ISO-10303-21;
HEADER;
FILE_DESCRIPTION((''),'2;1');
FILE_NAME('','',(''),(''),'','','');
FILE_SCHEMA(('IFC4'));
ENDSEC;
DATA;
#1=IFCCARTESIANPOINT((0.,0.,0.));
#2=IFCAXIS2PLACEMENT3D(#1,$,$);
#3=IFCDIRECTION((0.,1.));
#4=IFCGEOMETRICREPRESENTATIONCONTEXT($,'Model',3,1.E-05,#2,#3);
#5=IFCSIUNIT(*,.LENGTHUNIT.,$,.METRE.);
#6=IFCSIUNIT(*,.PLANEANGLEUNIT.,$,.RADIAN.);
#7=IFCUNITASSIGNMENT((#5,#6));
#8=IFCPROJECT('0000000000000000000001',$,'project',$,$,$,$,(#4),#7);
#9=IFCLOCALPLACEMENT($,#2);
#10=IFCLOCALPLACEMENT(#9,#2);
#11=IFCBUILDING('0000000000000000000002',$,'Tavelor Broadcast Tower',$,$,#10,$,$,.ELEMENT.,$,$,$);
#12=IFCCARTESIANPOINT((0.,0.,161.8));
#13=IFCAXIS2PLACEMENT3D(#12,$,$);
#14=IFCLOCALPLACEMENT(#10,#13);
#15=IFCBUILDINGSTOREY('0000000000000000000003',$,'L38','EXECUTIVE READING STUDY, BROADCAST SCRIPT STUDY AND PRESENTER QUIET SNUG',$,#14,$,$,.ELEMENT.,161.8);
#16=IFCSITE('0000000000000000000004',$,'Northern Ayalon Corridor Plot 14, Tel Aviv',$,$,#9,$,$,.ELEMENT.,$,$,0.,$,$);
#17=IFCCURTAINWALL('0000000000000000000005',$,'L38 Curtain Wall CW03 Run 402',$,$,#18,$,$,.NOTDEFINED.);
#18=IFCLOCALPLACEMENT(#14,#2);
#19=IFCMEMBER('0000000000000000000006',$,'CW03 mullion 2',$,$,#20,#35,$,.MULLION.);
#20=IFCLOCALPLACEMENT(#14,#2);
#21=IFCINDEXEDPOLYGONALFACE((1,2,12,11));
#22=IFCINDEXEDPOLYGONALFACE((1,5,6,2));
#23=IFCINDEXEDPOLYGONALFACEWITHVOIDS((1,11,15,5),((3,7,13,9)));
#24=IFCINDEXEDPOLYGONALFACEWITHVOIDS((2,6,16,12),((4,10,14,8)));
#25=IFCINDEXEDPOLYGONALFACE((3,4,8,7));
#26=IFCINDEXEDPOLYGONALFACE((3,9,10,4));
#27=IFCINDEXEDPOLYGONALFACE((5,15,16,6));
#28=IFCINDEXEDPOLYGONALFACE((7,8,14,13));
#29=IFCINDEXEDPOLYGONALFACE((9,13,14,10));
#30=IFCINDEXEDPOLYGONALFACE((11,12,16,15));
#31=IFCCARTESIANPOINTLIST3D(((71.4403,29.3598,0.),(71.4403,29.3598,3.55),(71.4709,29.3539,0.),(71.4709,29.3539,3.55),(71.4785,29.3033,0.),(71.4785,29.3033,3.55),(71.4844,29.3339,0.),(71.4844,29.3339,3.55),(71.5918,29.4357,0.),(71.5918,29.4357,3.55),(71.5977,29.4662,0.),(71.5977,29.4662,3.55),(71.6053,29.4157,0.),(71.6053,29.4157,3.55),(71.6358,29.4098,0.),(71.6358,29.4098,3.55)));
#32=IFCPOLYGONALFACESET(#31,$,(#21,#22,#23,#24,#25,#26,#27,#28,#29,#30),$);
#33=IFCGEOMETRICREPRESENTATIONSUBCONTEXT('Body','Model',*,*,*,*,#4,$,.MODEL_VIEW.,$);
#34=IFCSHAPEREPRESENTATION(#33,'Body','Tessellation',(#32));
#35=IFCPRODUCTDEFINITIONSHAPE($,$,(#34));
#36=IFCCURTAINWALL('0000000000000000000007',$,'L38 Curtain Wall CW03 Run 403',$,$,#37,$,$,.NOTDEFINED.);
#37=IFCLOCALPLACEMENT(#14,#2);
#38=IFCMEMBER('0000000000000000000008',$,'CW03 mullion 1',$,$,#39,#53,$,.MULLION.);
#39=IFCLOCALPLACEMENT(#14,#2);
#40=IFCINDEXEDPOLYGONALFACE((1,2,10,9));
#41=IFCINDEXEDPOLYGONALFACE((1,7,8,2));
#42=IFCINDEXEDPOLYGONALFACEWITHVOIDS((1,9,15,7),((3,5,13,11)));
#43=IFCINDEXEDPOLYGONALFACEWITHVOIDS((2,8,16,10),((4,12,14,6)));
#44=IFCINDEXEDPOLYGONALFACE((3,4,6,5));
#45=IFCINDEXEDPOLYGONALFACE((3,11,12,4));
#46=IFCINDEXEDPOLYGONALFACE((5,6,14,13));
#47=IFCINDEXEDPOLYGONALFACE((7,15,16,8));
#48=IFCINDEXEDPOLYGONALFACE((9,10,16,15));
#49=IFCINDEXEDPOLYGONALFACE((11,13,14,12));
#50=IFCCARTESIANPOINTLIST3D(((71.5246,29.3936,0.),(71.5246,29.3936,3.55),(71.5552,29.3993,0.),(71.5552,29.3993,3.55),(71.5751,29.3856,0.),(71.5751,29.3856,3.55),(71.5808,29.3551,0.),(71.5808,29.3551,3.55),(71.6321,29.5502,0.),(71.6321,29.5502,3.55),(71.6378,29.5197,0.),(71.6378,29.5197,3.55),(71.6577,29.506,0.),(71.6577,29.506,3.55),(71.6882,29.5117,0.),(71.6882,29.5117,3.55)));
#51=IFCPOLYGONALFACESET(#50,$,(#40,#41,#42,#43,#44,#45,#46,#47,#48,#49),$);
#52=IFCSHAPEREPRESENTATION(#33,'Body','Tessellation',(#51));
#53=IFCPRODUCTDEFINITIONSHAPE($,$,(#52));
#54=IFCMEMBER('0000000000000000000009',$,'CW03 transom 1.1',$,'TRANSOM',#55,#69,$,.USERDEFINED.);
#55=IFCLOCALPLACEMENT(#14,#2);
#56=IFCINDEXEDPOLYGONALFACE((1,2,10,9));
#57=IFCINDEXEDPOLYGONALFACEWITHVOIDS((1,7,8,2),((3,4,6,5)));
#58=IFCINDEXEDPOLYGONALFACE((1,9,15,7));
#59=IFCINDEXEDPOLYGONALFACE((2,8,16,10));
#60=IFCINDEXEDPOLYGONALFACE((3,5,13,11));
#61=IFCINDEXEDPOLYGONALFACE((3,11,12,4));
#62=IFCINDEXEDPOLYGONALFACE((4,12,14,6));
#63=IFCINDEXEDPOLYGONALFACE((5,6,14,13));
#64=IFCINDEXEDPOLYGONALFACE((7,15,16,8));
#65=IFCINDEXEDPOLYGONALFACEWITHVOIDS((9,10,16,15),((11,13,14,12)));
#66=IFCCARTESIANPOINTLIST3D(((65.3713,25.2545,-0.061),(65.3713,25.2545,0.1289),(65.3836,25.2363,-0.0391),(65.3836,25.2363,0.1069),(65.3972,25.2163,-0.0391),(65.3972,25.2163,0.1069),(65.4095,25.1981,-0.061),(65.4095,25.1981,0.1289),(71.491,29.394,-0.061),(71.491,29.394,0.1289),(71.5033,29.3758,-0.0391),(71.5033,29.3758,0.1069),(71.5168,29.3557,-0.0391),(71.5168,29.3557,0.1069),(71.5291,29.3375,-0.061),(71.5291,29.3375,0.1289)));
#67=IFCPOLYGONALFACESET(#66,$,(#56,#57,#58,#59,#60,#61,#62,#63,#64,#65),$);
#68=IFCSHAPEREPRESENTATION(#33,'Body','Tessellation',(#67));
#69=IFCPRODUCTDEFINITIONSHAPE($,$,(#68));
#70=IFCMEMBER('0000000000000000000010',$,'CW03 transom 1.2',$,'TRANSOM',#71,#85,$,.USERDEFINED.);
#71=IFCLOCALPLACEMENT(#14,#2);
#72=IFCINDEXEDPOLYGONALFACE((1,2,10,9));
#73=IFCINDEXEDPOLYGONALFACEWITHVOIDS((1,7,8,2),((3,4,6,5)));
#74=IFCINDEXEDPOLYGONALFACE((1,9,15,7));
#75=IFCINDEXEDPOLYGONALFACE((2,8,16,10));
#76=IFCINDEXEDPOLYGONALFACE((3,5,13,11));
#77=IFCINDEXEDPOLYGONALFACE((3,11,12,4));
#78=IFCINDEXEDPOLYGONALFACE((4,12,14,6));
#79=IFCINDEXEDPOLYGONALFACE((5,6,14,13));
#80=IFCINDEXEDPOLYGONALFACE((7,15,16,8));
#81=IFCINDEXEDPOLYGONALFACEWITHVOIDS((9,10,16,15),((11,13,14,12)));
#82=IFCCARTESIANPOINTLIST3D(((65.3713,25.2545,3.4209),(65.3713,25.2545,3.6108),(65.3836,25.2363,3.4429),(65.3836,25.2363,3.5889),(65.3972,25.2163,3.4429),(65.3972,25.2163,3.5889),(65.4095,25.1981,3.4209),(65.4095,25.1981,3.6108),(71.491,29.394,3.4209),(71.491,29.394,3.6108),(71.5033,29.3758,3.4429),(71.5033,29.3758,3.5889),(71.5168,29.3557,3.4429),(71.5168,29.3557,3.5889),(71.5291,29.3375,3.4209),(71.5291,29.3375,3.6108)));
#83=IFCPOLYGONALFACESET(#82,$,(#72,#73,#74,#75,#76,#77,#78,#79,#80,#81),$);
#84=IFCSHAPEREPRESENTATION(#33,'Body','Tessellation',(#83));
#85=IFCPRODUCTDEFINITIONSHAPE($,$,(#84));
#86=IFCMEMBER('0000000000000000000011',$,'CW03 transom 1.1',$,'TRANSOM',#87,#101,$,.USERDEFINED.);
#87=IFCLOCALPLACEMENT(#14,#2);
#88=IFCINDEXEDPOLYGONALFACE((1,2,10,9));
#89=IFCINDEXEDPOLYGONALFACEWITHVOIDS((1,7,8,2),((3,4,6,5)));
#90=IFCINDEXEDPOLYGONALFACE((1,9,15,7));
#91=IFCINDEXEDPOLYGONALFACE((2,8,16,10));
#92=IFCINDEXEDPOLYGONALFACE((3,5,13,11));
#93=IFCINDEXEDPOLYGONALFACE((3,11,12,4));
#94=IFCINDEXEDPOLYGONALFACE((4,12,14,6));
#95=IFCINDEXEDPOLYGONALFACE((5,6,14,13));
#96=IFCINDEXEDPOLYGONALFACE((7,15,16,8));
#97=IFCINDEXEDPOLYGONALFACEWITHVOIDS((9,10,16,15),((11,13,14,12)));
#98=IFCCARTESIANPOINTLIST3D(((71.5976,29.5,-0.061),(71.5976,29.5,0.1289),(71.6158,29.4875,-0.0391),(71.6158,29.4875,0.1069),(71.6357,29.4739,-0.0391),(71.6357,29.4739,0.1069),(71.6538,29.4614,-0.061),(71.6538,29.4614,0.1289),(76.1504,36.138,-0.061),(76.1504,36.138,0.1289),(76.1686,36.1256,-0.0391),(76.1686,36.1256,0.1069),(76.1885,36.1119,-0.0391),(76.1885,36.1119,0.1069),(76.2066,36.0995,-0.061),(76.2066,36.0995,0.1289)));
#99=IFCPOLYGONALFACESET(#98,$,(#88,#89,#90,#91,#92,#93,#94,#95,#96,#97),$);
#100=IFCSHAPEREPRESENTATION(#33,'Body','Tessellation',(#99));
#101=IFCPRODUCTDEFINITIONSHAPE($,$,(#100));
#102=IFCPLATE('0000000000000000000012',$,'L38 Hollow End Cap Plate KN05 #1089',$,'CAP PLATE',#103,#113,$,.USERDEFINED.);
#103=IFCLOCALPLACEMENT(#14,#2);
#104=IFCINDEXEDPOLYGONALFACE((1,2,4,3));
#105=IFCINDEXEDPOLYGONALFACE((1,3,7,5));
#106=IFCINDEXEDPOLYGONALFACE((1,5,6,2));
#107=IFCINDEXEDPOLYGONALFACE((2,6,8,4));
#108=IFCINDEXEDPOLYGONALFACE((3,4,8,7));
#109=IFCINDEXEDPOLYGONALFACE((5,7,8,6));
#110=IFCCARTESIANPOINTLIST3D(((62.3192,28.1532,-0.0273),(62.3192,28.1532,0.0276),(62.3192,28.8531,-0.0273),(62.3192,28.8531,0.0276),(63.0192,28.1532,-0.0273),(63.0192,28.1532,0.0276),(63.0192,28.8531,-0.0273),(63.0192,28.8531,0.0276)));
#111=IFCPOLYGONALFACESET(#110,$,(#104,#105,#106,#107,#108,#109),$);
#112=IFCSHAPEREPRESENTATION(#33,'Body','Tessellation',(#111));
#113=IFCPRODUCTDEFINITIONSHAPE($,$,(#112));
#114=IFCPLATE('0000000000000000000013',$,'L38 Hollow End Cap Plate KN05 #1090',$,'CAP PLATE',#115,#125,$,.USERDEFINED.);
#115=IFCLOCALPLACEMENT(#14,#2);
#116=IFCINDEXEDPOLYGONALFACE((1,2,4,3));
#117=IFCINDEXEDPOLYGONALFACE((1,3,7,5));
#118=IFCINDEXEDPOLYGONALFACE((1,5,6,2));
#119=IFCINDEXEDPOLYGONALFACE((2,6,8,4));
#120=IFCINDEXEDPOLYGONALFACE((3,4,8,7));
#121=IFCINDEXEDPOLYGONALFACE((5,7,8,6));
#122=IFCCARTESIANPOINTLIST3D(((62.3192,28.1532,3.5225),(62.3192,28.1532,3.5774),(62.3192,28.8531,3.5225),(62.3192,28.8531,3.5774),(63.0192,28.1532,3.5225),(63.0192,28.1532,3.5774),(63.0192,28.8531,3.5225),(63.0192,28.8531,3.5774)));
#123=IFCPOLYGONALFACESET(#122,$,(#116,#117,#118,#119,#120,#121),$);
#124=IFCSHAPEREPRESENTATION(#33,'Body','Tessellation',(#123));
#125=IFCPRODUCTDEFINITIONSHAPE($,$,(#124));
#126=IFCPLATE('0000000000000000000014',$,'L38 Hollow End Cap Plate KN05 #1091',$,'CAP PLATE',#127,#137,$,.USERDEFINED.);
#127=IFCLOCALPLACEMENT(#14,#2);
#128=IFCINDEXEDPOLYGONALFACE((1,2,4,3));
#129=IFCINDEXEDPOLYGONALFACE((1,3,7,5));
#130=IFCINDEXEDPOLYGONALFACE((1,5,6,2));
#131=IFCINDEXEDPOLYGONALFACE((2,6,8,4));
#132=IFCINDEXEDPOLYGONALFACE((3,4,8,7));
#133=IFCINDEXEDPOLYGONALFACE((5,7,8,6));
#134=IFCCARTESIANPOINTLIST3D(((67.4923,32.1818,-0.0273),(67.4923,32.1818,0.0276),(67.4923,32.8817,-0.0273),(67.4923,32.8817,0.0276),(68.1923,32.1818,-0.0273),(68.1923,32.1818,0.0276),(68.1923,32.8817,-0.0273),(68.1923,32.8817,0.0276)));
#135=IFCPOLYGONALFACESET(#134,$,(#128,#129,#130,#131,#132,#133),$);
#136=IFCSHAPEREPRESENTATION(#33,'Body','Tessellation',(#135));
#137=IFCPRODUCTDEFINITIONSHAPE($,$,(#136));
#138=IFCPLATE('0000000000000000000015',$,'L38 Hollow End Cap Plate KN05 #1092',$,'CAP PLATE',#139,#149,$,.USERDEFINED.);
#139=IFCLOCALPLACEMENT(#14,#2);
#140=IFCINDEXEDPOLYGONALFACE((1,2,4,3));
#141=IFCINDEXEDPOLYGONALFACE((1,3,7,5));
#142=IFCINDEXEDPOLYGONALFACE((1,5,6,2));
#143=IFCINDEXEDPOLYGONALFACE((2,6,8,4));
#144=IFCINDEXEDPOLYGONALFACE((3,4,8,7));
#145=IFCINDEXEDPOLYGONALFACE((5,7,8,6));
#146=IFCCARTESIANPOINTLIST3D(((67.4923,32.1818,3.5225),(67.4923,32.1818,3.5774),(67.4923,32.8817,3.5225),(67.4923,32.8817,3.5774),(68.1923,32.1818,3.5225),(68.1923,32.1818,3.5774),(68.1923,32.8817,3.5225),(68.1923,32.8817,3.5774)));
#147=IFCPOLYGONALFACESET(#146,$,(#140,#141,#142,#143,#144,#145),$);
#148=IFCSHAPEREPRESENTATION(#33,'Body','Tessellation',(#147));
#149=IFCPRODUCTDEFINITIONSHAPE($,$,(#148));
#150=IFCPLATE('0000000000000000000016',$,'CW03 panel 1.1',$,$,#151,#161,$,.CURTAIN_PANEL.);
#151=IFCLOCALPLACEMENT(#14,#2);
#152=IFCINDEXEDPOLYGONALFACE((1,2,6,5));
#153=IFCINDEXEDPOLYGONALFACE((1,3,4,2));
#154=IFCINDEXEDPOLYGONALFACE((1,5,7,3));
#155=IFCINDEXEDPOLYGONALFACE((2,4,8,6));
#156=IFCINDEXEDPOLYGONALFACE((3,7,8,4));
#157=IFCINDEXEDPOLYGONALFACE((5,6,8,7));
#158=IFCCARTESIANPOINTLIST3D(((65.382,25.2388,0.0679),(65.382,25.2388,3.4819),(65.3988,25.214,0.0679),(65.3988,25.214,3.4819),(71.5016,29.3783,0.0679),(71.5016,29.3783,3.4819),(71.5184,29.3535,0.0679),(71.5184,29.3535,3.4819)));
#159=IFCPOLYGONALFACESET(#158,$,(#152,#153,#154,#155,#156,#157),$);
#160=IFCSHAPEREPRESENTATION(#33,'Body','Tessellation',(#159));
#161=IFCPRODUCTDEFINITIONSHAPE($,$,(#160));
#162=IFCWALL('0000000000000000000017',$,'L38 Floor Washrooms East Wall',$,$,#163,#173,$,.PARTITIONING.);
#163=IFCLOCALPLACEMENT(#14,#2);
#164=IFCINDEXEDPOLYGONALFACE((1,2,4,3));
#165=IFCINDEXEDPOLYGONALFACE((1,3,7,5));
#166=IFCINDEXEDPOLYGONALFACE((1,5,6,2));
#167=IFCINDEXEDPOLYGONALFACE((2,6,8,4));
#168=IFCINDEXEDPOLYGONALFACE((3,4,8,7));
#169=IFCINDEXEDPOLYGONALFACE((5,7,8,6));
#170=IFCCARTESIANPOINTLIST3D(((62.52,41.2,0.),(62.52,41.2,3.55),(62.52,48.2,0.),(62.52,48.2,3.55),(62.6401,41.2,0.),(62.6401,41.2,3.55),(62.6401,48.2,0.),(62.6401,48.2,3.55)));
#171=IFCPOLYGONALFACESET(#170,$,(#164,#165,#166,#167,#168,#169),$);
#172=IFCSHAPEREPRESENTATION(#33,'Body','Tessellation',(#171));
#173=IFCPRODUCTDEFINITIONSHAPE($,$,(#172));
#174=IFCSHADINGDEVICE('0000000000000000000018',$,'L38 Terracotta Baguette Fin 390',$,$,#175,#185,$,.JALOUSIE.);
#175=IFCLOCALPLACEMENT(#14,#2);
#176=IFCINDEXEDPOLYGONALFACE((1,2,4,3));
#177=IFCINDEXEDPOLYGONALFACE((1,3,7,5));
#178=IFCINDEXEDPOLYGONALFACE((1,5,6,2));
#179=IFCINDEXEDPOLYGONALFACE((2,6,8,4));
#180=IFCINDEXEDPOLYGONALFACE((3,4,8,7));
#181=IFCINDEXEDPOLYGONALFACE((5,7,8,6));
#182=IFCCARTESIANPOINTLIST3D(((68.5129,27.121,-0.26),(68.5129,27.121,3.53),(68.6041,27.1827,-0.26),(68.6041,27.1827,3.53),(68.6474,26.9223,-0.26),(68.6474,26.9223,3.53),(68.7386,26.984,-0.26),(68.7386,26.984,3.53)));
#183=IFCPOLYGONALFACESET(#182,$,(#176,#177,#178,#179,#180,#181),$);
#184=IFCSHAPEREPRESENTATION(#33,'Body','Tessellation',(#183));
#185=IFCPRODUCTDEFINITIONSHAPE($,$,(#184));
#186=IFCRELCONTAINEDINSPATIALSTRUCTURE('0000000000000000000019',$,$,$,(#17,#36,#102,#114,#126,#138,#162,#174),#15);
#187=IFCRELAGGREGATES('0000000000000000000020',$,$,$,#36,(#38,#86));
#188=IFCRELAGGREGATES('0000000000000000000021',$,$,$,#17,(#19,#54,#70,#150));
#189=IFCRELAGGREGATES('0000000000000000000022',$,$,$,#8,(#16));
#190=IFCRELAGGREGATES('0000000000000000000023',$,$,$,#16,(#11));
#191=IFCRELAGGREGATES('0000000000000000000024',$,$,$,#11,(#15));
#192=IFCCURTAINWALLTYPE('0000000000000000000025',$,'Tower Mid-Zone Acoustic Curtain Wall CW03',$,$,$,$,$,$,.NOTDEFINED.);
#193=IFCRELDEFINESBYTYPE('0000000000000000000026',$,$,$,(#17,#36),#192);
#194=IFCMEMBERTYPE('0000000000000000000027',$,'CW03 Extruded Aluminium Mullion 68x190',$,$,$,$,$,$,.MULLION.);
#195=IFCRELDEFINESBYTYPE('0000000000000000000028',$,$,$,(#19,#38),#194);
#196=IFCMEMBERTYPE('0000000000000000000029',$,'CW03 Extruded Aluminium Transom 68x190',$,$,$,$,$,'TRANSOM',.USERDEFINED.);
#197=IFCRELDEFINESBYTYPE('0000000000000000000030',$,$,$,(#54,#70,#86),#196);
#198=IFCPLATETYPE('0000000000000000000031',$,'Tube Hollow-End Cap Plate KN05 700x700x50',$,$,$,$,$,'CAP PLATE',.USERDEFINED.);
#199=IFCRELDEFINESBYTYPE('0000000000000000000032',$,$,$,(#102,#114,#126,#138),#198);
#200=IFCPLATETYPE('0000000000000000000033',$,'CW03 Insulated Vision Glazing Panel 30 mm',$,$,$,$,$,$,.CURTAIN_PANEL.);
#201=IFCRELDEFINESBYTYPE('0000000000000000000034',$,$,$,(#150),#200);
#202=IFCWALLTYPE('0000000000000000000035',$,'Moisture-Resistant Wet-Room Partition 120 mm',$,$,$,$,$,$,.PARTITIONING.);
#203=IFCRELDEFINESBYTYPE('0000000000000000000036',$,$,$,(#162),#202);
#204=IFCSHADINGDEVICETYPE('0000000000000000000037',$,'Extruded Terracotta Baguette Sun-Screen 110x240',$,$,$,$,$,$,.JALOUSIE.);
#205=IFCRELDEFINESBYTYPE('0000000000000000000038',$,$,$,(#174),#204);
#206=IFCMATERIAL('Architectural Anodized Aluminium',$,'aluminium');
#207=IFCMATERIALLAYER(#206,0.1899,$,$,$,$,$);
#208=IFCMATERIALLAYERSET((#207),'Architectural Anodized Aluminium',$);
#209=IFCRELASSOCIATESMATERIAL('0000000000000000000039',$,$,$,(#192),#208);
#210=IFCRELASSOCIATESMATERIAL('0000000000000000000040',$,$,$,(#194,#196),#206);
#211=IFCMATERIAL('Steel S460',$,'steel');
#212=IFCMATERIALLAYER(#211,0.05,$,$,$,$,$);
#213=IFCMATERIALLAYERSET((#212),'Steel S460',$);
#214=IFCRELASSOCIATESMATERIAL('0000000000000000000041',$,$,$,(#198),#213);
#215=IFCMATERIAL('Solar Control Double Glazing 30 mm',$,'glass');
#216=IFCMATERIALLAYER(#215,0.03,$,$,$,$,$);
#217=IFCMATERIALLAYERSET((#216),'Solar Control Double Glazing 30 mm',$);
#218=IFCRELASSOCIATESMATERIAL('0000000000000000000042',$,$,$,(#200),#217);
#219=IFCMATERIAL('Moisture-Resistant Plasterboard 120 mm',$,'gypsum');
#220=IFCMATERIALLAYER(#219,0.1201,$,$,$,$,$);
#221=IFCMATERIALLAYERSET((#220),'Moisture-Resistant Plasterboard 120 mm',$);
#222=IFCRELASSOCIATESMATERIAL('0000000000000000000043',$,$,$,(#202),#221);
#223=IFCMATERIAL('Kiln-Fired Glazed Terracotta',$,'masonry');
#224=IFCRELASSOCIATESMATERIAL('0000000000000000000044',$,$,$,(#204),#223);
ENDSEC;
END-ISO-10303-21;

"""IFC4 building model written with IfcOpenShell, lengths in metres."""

from ifc_helpers import new_model, si_unit, direction, frame, frame_2d, origin, origin_2d, place, context, subcontext, project, spatial, rectangle, hollow_rectangle, extrude, source, transform, mapped, material, layer, layer_set, material_profile, profile_set, type_object, type_shapes, element, aggregate, save


model = new_model("IFC4")

# Units and contexts
model_context = context("Model", 3, precision=1e-05, world=origin(), true_north=direction((0.0, 1.0)))
body_context = subcontext(model_context, "Body", "Model", "MODEL_VIEW")
ifc_project = project(units=[si_unit("LENGTHUNIT", "METRE"), si_unit("PLANEANGLEUNIT", "RADIAN")], contexts=[model_context])

# Site, building, storey
site_placement = place(None, origin())
site = spatial("IfcSite", under=ifc_project, at=site_placement, Name="Northern Ayalon Corridor Plot 14, Tel Aviv", CompositionType="ELEMENT", RefElevation=0.0)
building_placement = place(site_placement, origin())
building = spatial("IfcBuilding", under=site, at=building_placement, Name="Tavelor Broadcast Tower", CompositionType="ELEMENT")
storey_placement = place(building_placement, frame((0.0, 0.0, 161.8)))
storey = spatial("IfcBuildingStorey", under=building, at=storey_placement, Name="L38", Description="EXECUTIVE READING STUDY, BROADCAST SCRIPT STUDY AND PRESENTER QUIET SNUG", CompositionType="ELEMENT", Elevation=161.8)

# Shared definitions
ifc_material_1 = material(Name="Steel S460", Category="steel")

# Shared definitions
ifc_material_2 = material(Name="Architectural Anodized Aluminium", Category="aluminium")
ifc_layer_1 = layer(ifc_material_2, 0.1899)
ifc_layer_set_1 = layer_set([ifc_layer_1], Name="Architectural Anodized Aluminium")
curtain_wall_type = type_object("IfcCurtainWallType", Name="Tower Mid-Zone Acoustic Curtain Wall CW03", PredefinedType="NOTDEFINED", material=ifc_layer_set_1)
ifc_material_profile_1 = material_profile(ifc_material_2, hollow_rectangle(XDim=0.0681, YDim=0.1899, WallThickness=0.022, at=origin_2d()), Name="RHS 68x190x22")
ifc_profile_set_1 = profile_set([ifc_material_profile_1], Name="Architectural Anodized Aluminium")
member_type_1 = type_object("IfcMemberType", Name="CW03 Extruded Aluminium Mullion 68x190", PredefinedType="MULLION", material=ifc_profile_set_1)
shared_shape_1 = source(origin(), body_context, "Body", "SweptSolid", [
    extrude(hollow_rectangle(XDim=0.0681, YDim=0.1899, WallThickness=0.022, at=origin_2d()), origin(), (0.0, 0.0, 1.0), 3.55),
])
type_shapes(member_type_1, [shared_shape_1])

# Curtain wall, member
curtain_wall_1_placement = place(storey_placement, origin())
curtain_wall_1 = element("IfcCurtainWall", 1, at=curtain_wall_1_placement, inside=storey, type_object=curtain_wall_type, Name="L38 Curtain Wall CW03 Run 402", PredefinedType="NOTDEFINED")
member_1_placement = place(storey_placement, frame((71.5381, 29.3848, 0.0), z_axis=(0.0, 0.0, 1.0), x_axis=(-0.560285, 0.8283, 0.0)))
member_1 = element("IfcMember", 2, at=member_1_placement, type_object=member_type_1, Name="CW03 mullion 2", PredefinedType="MULLION", context=body_context, shape_type="MappedRepresentation", body=[
    mapped(shared_shape_1, transform((0.0, 0.0, 0.0), scale=1.0)),
])

# Curtain wall, member
curtain_wall_2_placement = place(storey_placement, origin())
curtain_wall_2 = element("IfcCurtainWall", 3, at=curtain_wall_2_placement, inside=storey, type_object=curtain_wall_type, Name="L38 Curtain Wall CW03 Run 403", PredefinedType="NOTDEFINED")
member_2_placement = place(storey_placement, frame((71.6064, 29.4526, 0.0), z_axis=(0.0, 0.0, 1.0), x_axis=(-0.824668, 0.565616, 0.0)))
member_2 = element("IfcMember", 4, at=member_2_placement, type_object=member_type_1, Name="CW03 mullion 1", PredefinedType="MULLION", context=body_context, shape_type="MappedRepresentation", body=[
    mapped(shared_shape_1, transform((0.0, 0.0, 0.0), scale=1.0)),
])

# Members
ifc_material_profile_2 = material_profile(ifc_material_2, hollow_rectangle(XDim=0.0681, YDim=0.1899, WallThickness=0.022, at=origin_2d()), Name="RHS 68x190x22")
ifc_profile_set_2 = profile_set([ifc_material_profile_2], Name="Architectural Anodized Aluminium")
member_type_2 = type_object("IfcMemberType", Name="CW03 Extruded Aluminium Transom 68x190", ElementType="TRANSOM", PredefinedType="USERDEFINED", material=ifc_profile_set_2)
shared_shape_2 = source(origin(), body_context, "Body", "SweptSolid", [
    extrude(hollow_rectangle(XDim=0.0681, YDim=0.1899, WallThickness=0.022, at=origin_2d()), origin(), (0.0, 0.0, 1.0), 7.3882),
])
member_3_placement = place(storey_placement, frame((65.3904, 25.2263, 0.0339), z_axis=(0.828305, 0.560277, 0.0), x_axis=(-0.560277, 0.828305, 0.0)))
member_3 = element("IfcMember", 5, at=member_3_placement, type_object=member_type_2, Name="CW03 transom 1.1", ObjectType="TRANSOM", PredefinedType="USERDEFINED", context=body_context, shape_type="MappedRepresentation", body=[
    mapped(shared_shape_2, transform((0.0, 0.0, 0.0), scale=1.0)),
])
member_4_placement = place(storey_placement, frame((65.3904, 25.2263, 3.5159), z_axis=(0.828305, 0.560277, 0.0), x_axis=(-0.560277, 0.828305, 0.0)))
member_4 = element("IfcMember", 6, at=member_4_placement, type_object=member_type_2, Name="CW03 transom 1.2", ObjectType="TRANSOM", PredefinedType="USERDEFINED", context=body_context, shape_type="MappedRepresentation", body=[
    mapped(shared_shape_2, transform((0.0, 0.0, 0.0), scale=1.0)),
])
shared_shape_3 = source(origin(), body_context, "Body", "SweptSolid", [
    extrude(hollow_rectangle(XDim=0.0681, YDim=0.1899, WallThickness=0.022, at=origin_2d()), origin(), (0.0, 0.0, 1.0), 8.0493),
])
type_shapes(member_type_2, [shared_shape_2, shared_shape_3])
member_5_placement = place(storey_placement, frame((71.6257, 29.4807, 0.0339), z_axis=(0.565613, 0.824671, 0.0), x_axis=(-0.824671, 0.565613, 0.0)))
member_5 = element("IfcMember", 7, at=member_5_placement, type_object=member_type_2, Name="CW03 transom 1.1", ObjectType="TRANSOM", PredefinedType="USERDEFINED", context=body_context, shape_type="MappedRepresentation", body=[
    mapped(shared_shape_3, transform((0.0, 0.0, 0.0), scale=1.0)),
])
aggregate(curtain_wall_2, [member_2, member_5])

# Plates
ifc_layer_2 = layer(ifc_material_1, 0.05)
ifc_layer_set_2 = layer_set([ifc_layer_2], Name="Steel S460")
plate_type_1 = type_object("IfcPlateType", Name="Tube Hollow-End Cap Plate KN05 700x700x50", ElementType="CAP PLATE", PredefinedType="USERDEFINED", material=ifc_layer_set_2)
shared_shape_4 = source(origin(), body_context, "Body", "SweptSolid", [
    extrude(rectangle(XDim=0.7, YDim=0.7, at=origin_2d()), origin(), (0.0, 0.0, 1.0), 0.0549),
])
type_shapes(plate_type_1, [shared_shape_4])
for number, where, z_axis, x_axis, name in (
    (8, (62.6692, 28.5032, -0.0273), (0.0, 0.0, 1.0), (1.0, 0.0, 0.0), "L38 Hollow End Cap Plate KN05 #1089"),
    (9, (62.6692, 28.5032, 3.5225), (0.0, 0.0, 1.0), (1.0, 0.0, 0.0), "L38 Hollow End Cap Plate KN05 #1090"),
    (10, (67.8423, 32.5317, -0.0273), (0.0, 0.0, 1.0), (1.0, 0.0, 0.0), "L38 Hollow End Cap Plate KN05 #1091"),
    (11, (67.8423, 32.5317, 3.5225), (0.0, 0.0, 1.0), (1.0, 0.0, 0.0), "L38 Hollow End Cap Plate KN05 #1092"),
):
    element("IfcPlate", number, at=place(storey_placement, frame(where, z_axis=z_axis, x_axis=x_axis)), inside=storey, type_object=plate_type_1, Name=name, ObjectType="CAP PLATE", PredefinedType="USERDEFINED", context=body_context, shape_type="MappedRepresentation", body=[
        mapped(shared_shape_4, transform((0.0, 0.0, 0.0), scale=1.0)),
    ])

# Plate
ifc_material_3 = material(Name="Solar Control Double Glazing 30 mm", Category="glass")
ifc_layer_3 = layer(ifc_material_3, 0.03)
ifc_layer_set_3 = layer_set([ifc_layer_3], Name="Solar Control Double Glazing 30 mm")
plate_type_2 = type_object("IfcPlateType", Name="CW03 Insulated Vision Glazing Panel 30 mm", PredefinedType="CURTAIN_PANEL", material=ifc_layer_set_3)
shared_shape_5 = source(origin(), body_context, "Body", "SweptSolid", [
    extrude(rectangle(XDim=7.3882, YDim=0.03, at=origin_2d()), origin(), (0.0, 0.0, 1.0), 3.4141),
])
type_shapes(plate_type_2, [shared_shape_5])
plate_placement = place(storey_placement, frame((68.4502, 27.2961, 0.0679), z_axis=(0.0, 0.0, 1.0), x_axis=(0.8283, 0.560285, 0.0)))
plate = element("IfcPlate", 12, at=plate_placement, type_object=plate_type_2, Name="CW03 panel 1.1", PredefinedType="CURTAIN_PANEL", context=body_context, shape_type="MappedRepresentation", body=[
    mapped(shared_shape_5, transform((0.0, 0.0, 0.0), scale=1.0)),
])
aggregate(curtain_wall_1, [member_1, member_3, member_4, plate])

# Wall
ifc_material_4 = material(Name="Moisture-Resistant Plasterboard 120 mm", Category="gypsum")
ifc_layer_4 = layer(ifc_material_4, 0.1201)
ifc_layer_set_4 = layer_set([ifc_layer_4], Name="Moisture-Resistant Plasterboard 120 mm")
wall_type = type_object("IfcWallType", Name="Moisture-Resistant Wet-Room Partition 120 mm", PredefinedType="PARTITIONING", material=ifc_layer_set_4)
wall_placement = place(storey_placement, frame((62.5801, 41.2, 0.0), z_axis=(0.0, 0.0, 1.0), x_axis=(0.0, 1.0, 0.0)))
element("IfcWall", 13, at=wall_placement, inside=storey, type_object=wall_type, Name="L38 Floor Washrooms East Wall", PredefinedType="PARTITIONING", context=body_context, shape_type="SweptSolid", body=[
    extrude(rectangle(XDim=7.0, YDim=0.1201, at=frame_2d((3.5, 0.0))), origin(), (0.0, 0.0, 1.0), 3.55),
])

# Shading device
ifc_material_5 = material(Name="Kiln-Fired Glazed Terracotta", Category="masonry")
shading_device_type = type_object("IfcShadingDeviceType", Name="Extruded Terracotta Baguette Sun-Screen 110x240", PredefinedType="JALOUSIE", material=ifc_material_5)
shared_shape_6 = source(origin(), body_context, "Body", "SweptSolid", [
    extrude(rectangle(XDim=0.1101, YDim=0.24, at=origin_2d()), origin(), (0.0, 0.0, 1.0), 3.79),
])
type_shapes(shading_device_type, [shared_shape_6])
shading_device_placement = place(storey_placement, frame((68.6257, 27.0525, -0.26), z_axis=(0.0, 0.0, 1.0), x_axis=(0.828256, 0.56035, 0.0)))
element("IfcShadingDevice", 14, at=shading_device_placement, inside=storey, type_object=shading_device_type, Name="L38 Terracotta Baguette Fin 390", PredefinedType="JALOUSIE", context=body_context, shape_type="MappedRepresentation", body=[
    mapped(shared_shape_6, transform((0.0, 0.0, 0.0), scale=1.0)),
])

save(model, "model.ifc")
